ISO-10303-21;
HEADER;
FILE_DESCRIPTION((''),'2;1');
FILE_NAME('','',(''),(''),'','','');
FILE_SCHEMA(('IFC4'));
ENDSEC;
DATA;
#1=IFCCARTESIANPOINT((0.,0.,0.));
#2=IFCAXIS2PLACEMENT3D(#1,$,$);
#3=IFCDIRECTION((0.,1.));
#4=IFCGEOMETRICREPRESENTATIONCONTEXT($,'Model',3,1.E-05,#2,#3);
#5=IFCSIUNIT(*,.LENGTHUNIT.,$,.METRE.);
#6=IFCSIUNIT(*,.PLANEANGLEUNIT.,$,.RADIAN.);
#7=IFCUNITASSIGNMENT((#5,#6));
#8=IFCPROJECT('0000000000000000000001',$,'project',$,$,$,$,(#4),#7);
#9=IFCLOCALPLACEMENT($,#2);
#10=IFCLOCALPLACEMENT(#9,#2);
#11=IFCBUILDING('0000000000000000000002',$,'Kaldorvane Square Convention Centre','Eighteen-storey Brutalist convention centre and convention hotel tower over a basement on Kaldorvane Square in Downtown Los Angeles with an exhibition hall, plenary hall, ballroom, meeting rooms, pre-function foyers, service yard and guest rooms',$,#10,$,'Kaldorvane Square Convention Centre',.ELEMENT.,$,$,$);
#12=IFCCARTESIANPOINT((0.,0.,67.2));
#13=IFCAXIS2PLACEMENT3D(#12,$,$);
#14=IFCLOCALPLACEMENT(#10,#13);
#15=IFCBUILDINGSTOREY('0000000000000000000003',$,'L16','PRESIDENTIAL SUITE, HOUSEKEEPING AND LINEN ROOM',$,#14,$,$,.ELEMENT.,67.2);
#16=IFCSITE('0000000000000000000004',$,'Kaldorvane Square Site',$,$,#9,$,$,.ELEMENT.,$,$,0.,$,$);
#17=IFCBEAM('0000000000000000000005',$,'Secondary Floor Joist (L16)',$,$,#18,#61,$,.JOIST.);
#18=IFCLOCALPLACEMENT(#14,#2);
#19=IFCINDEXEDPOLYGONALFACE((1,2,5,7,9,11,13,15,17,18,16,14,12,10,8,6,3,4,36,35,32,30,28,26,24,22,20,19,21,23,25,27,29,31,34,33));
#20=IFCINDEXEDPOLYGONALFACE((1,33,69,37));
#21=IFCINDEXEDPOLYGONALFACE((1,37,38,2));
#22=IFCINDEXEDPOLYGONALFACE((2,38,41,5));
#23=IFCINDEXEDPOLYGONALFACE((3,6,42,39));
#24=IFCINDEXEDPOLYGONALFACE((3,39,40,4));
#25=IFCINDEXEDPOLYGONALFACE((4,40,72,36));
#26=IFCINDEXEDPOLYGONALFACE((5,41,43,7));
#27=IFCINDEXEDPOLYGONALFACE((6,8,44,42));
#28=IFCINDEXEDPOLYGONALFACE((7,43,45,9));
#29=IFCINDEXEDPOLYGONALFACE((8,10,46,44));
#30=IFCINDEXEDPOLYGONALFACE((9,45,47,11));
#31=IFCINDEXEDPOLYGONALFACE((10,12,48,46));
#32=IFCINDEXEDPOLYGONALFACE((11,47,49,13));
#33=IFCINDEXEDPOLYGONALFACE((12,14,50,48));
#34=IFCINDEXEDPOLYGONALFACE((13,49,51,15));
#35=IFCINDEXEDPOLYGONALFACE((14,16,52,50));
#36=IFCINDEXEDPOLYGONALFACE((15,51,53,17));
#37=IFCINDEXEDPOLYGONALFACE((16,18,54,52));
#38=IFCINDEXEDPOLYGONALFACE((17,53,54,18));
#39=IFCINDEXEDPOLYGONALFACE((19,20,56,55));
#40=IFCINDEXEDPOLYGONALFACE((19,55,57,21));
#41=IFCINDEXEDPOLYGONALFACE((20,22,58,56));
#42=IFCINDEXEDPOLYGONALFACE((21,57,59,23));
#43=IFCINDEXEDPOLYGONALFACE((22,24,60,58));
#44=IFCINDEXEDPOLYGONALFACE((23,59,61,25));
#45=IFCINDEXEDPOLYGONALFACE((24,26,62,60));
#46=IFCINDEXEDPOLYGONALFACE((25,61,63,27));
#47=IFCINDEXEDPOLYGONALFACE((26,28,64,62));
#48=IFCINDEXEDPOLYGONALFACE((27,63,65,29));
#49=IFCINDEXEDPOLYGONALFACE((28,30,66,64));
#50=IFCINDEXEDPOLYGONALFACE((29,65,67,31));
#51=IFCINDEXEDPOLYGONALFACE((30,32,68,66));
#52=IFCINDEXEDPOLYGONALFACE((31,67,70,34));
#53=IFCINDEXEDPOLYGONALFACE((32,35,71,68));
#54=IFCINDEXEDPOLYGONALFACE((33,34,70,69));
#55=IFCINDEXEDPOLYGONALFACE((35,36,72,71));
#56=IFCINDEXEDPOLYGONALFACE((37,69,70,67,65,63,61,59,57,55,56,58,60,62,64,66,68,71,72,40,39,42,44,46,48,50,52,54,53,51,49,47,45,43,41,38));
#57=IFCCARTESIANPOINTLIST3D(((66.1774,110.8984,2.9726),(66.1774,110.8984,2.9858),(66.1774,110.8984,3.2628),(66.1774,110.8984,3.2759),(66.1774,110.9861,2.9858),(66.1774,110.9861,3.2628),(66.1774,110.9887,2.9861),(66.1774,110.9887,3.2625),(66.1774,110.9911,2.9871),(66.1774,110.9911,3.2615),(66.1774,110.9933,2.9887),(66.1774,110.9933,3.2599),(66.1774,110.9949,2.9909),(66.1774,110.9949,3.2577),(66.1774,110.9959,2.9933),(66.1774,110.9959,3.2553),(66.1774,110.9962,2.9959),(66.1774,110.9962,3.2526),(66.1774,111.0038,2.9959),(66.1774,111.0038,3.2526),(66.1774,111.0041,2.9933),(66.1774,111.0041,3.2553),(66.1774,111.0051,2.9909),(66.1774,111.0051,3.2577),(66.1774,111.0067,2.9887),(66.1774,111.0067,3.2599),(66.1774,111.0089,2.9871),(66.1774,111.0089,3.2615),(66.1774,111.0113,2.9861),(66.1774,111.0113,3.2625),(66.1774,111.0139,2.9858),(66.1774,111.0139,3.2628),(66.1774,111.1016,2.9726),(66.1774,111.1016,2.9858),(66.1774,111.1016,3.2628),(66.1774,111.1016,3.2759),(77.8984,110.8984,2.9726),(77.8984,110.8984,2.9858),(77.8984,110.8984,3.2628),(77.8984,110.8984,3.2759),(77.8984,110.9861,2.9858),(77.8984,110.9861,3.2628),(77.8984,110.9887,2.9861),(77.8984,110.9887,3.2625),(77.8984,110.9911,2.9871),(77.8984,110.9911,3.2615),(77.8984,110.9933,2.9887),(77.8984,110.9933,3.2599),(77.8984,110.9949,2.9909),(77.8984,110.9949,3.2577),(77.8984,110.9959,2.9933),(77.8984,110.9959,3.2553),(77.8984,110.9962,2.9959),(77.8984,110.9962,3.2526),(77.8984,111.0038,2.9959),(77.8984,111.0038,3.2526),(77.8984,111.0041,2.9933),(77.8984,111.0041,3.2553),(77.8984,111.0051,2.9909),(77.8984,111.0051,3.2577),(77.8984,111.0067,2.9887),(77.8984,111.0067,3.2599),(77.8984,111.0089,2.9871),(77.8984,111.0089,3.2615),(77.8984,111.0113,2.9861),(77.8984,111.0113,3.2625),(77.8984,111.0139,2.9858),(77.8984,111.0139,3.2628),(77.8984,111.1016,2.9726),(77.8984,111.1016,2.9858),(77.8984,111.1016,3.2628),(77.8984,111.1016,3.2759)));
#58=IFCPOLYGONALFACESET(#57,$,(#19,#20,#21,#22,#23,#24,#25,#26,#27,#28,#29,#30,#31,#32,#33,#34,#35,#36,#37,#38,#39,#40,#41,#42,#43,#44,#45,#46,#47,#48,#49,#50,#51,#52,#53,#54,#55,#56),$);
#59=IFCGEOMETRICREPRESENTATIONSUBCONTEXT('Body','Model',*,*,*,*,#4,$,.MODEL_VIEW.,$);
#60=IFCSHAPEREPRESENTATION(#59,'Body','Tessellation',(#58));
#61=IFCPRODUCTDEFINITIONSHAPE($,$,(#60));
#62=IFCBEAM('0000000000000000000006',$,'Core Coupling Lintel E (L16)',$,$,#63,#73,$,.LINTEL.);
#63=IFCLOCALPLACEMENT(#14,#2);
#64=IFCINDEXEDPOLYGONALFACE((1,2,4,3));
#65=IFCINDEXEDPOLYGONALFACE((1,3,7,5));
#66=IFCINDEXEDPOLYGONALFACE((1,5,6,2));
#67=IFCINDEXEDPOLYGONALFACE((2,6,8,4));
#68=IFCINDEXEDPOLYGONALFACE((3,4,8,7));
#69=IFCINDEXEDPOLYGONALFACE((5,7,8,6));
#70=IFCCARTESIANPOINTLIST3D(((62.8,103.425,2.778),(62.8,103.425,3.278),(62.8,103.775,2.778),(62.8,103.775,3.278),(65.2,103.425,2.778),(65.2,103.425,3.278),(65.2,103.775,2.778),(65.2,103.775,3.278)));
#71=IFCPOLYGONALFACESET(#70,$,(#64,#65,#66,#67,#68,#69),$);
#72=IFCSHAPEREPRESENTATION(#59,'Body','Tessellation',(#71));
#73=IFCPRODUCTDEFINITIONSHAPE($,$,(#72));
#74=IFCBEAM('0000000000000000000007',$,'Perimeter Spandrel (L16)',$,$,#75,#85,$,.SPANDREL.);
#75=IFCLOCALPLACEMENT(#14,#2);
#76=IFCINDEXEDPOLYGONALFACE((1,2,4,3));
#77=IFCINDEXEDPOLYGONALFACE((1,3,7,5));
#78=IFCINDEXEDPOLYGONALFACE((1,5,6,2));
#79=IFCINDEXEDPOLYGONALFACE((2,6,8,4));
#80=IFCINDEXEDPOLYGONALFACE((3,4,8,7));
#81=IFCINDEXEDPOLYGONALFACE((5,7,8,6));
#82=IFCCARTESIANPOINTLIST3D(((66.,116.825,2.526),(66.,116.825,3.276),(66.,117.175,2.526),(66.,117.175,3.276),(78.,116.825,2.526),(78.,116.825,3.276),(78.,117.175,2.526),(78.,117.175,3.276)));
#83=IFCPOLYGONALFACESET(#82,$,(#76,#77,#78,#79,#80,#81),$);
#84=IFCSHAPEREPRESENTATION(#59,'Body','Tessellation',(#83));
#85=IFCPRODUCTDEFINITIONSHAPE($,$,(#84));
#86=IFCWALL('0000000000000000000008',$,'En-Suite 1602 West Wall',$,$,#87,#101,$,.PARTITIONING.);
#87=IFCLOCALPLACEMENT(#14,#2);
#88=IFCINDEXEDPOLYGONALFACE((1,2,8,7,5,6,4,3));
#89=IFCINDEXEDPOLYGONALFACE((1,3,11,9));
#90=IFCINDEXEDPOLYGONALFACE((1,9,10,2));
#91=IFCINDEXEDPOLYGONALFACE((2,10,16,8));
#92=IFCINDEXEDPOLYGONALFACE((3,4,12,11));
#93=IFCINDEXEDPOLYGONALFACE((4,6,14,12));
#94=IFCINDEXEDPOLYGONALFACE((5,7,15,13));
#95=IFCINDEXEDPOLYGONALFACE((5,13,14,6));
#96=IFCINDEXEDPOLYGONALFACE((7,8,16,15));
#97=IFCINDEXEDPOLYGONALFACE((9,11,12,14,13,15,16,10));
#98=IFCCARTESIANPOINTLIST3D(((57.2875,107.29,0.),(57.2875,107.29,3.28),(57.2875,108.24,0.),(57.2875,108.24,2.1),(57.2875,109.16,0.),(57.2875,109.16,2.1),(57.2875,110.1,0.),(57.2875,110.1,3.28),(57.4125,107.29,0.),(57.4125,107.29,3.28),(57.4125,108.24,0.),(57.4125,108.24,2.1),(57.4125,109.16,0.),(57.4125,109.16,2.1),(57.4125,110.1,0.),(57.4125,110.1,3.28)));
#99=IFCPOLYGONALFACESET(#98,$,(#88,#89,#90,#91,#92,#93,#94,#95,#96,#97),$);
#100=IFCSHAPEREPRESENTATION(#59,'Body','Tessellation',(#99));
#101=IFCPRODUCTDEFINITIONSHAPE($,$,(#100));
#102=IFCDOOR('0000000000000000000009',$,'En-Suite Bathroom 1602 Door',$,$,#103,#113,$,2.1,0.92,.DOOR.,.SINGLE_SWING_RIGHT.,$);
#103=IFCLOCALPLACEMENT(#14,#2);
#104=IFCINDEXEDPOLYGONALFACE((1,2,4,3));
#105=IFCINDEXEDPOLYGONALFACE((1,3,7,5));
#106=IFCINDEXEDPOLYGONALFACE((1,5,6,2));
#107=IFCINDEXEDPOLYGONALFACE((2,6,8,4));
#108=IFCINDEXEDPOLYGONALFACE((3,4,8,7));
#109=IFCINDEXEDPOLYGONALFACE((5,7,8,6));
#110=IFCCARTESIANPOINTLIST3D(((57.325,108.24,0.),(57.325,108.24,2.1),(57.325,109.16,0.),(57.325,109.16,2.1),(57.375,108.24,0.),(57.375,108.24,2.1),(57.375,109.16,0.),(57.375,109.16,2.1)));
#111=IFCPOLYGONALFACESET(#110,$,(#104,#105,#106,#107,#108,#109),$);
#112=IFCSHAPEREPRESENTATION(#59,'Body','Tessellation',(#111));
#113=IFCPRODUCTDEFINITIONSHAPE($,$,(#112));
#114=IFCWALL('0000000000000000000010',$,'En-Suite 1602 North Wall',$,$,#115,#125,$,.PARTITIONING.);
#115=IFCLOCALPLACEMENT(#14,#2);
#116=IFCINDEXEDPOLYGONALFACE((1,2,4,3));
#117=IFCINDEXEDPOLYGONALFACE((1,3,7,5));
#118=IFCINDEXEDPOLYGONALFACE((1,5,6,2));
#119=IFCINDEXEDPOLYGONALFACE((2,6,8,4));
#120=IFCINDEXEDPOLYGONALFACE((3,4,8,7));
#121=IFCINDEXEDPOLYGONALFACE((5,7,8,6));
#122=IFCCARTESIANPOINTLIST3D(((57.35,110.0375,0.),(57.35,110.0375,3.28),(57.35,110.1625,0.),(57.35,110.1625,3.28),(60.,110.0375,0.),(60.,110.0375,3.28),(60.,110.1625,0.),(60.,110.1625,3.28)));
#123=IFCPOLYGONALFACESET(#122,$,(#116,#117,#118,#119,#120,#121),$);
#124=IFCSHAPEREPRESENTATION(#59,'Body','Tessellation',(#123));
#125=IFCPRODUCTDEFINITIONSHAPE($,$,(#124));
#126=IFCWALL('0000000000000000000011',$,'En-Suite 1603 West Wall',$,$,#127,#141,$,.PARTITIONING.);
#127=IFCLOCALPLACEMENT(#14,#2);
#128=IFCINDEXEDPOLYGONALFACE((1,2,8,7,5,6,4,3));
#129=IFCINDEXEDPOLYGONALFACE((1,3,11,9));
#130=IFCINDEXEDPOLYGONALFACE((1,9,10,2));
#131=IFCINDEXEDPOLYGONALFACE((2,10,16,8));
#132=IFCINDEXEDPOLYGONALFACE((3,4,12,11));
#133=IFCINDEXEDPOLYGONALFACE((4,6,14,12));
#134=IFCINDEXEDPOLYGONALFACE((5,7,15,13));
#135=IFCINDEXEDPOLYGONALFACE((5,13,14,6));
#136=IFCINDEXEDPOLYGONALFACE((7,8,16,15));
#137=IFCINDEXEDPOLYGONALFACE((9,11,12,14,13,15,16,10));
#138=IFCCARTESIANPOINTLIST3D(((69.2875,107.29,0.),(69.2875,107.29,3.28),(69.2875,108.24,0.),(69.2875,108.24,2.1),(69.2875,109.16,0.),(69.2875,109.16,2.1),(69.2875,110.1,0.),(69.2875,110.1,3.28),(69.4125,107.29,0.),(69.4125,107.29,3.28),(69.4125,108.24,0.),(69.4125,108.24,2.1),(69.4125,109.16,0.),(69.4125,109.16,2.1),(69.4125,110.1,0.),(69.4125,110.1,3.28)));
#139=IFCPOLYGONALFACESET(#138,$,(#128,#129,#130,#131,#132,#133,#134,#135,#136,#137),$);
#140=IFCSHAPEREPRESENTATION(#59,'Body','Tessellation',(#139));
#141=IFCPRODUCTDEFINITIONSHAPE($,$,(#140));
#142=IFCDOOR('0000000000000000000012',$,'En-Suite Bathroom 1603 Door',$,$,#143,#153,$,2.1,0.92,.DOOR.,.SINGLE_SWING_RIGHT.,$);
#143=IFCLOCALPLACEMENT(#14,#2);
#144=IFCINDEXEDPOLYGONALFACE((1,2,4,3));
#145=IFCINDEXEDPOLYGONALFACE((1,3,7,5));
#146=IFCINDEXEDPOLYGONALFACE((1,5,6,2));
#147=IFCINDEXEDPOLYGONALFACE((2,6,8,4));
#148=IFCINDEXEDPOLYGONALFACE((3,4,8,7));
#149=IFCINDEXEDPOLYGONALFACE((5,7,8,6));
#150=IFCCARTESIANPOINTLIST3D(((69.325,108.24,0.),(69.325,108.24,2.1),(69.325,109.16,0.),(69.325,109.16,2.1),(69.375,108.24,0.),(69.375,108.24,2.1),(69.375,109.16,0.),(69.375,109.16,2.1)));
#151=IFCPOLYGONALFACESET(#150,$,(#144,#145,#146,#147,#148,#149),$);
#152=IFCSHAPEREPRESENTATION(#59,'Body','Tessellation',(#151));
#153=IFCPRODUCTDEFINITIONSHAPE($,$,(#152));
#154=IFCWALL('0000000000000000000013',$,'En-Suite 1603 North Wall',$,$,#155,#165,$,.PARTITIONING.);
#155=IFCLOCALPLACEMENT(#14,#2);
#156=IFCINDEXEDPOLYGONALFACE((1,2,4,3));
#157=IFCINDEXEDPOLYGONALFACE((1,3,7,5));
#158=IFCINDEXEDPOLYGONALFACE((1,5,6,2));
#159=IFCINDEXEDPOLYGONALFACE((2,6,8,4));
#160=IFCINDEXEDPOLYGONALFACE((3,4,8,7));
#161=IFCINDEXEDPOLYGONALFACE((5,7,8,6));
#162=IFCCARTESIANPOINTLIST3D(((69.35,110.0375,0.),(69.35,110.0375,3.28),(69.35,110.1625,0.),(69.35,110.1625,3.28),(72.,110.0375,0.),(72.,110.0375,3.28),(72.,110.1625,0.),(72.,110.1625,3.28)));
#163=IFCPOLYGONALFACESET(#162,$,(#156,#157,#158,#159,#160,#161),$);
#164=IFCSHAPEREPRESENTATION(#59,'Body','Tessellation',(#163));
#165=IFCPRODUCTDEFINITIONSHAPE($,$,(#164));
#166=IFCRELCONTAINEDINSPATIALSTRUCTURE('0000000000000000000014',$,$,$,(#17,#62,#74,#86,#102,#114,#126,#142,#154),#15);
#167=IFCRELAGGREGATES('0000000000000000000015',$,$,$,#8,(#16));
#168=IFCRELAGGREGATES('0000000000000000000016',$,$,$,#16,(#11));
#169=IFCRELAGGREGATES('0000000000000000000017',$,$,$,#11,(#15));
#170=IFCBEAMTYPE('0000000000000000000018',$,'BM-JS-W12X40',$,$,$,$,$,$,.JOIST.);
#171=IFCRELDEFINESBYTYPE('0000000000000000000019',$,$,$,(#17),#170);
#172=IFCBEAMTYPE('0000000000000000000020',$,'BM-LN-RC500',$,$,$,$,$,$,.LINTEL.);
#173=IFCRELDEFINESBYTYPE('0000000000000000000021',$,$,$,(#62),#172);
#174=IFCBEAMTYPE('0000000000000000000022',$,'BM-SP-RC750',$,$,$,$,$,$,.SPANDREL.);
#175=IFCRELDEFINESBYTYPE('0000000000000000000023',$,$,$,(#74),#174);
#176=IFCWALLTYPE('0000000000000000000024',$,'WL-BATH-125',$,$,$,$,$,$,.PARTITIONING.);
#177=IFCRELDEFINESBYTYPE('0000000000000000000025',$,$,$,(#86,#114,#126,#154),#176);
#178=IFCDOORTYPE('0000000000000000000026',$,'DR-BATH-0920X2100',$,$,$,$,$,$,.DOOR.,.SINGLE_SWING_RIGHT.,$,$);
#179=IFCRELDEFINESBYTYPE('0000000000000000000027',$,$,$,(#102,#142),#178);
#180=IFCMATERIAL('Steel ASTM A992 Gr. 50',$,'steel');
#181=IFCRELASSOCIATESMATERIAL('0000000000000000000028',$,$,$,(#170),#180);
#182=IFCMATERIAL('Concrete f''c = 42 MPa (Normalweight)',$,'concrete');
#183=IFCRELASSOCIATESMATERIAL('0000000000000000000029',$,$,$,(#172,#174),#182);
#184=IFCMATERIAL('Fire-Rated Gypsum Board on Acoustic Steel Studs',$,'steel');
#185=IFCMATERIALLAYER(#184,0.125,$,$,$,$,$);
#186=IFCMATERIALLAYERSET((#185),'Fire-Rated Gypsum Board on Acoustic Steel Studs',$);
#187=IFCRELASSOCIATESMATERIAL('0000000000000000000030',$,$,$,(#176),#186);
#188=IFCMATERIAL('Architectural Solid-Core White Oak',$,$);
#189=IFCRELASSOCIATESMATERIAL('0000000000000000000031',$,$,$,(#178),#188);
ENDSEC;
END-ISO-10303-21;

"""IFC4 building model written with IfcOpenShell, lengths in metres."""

from ifc_helpers import new_model, si_unit, direction, frame, frame_2d, origin, origin_2d, place, context, subcontext, project, spatial, rectangle, i_section, extrude, material, layer, layer_set, material_profile, profile_set, type_object, element, fill, save


model = new_model("IFC4")

# Units and contexts
model_context = context("Model", 3, precision=1e-05, world=origin(), true_north=direction((0.0, 1.0)))
body_context = subcontext(model_context, "Body", "Model", "MODEL_VIEW")
ifc_project = project(units=[si_unit("LENGTHUNIT", "METRE"), si_unit("PLANEANGLEUNIT", "RADIAN")], contexts=[model_context])

# Site, building, storey
site_placement = place(None, origin())
site = spatial("IfcSite", under=ifc_project, at=site_placement, Name="Kaldorvane Square Site", CompositionType="ELEMENT", RefElevation=0.0)
building_placement = place(site_placement, origin())
building = spatial("IfcBuilding", under=site, at=building_placement, Name="Kaldorvane Square Convention Centre", Description="Eighteen-storey Brutalist convention centre and convention hotel tower over a basement on Kaldorvane Square in Downtown Los Angeles with an exhibition hall, plenary hall, ballroom, meeting rooms, pre-function foyers, service yard and guest rooms", LongName="Kaldorvane Square Convention Centre", CompositionType="ELEMENT")
storey_placement = place(building_placement, frame((0.0, 0.0, 67.2)))
storey = spatial("IfcBuildingStorey", under=building, at=storey_placement, Name="L16", Description="PRESIDENTIAL SUITE, HOUSEKEEPING AND LINEN ROOM", CompositionType="ELEMENT", Elevation=67.2)

# Shared definitions
ifc_material_1 = material(Name="Concrete f'c = 42 MPa (Normalweight)", Category="concrete")
ifc_material_2 = material(Name="Steel ASTM A992 Gr. 50", Category="steel")

# Beams
ifc_material_profile_1 = material_profile(ifc_material_2, i_section(OverallWidth=0.2033, OverallDepth=0.3033, WebThickness=0.0075, FlangeThickness=0.0131, FilletRadius=0.0102, at=origin_2d()), Name="W12X40")
ifc_profile_set_1 = profile_set([ifc_material_profile_1], Name="Steel ASTM A992 Gr. 50")
beam_type_1 = type_object("IfcBeamType", Name="BM-JS-W12X40", PredefinedType="JOIST", material=ifc_profile_set_1)
beam_1_placement = place(storey_placement, frame((66.1774, 111.0, 3.1243), z_axis=(1.0, 0.0, 0.0), x_axis=(0.0, 1.0, 0.0)))
element("IfcBeam", 1, at=beam_1_placement, inside=storey, type_object=beam_type_1, Name="Secondary Floor Joist (L16)", PredefinedType="JOIST", context=body_context, shape_type="SweptSolid", body=[
    extrude(i_section(OverallWidth=0.2033, OverallDepth=0.3033, WebThickness=0.0075, FlangeThickness=0.0131, FilletRadius=0.0102, at=origin_2d()), origin(), (0.0, 0.0, 1.0), 11.721),
])
ifc_material_profile_2 = material_profile(ifc_material_1, rectangle(XDim=0.35, YDim=0.5, at=origin_2d()), Name="RCLN500X350")
ifc_profile_set_2 = profile_set([ifc_material_profile_2], Name="Concrete f'c = 42 MPa (Normalweight)")
beam_type_2 = type_object("IfcBeamType", Name="BM-LN-RC500", PredefinedType="LINTEL", material=ifc_profile_set_2)
beam_2_placement = place(storey_placement, frame((62.8, 103.6, 3.028), z_axis=(1.0, 0.0, 0.0), x_axis=(0.0, 1.0, 0.0)))
element("IfcBeam", 2, at=beam_2_placement, inside=storey, type_object=beam_type_2, Name="Core Coupling Lintel E (L16)", PredefinedType="LINTEL", context=body_context, shape_type="SweptSolid", body=[
    extrude(rectangle(XDim=0.35, YDim=0.5, at=origin_2d()), origin(), (0.0, 0.0, 1.0), 2.4),
])
ifc_material_profile_3 = material_profile(ifc_material_1, rectangle(XDim=0.35, YDim=0.75, at=origin_2d()), Name="RCSP750X350")
ifc_profile_set_3 = profile_set([ifc_material_profile_3], Name="Concrete f'c = 42 MPa (Normalweight)")
beam_type_3 = type_object("IfcBeamType", Name="BM-SP-RC750", PredefinedType="SPANDREL", material=ifc_profile_set_3)
beam_3_placement = place(storey_placement, frame((66.0, 117.0, 2.901), z_axis=(1.0, 0.0, 0.0), x_axis=(0.0, 1.0, 0.0)))
element("IfcBeam", 3, at=beam_3_placement, inside=storey, type_object=beam_type_3, Name="Perimeter Spandrel (L16)", PredefinedType="SPANDREL", context=body_context, shape_type="SweptSolid", body=[
    extrude(rectangle(XDim=0.35, YDim=0.75, at=origin_2d()), origin(), (0.0, 0.0, 1.0), 12.0),
])

# Wall, opening, door
ifc_material_3 = material(Name="Fire-Rated Gypsum Board on Acoustic Steel Studs", Category="steel")
ifc_layer_1 = layer(ifc_material_3, 0.125)
ifc_layer_set_1 = layer_set([ifc_layer_1], Name="Fire-Rated Gypsum Board on Acoustic Steel Studs")
wall_type_1 = type_object("IfcWallType", Name="WL-BATH-125", PredefinedType="PARTITIONING", material=ifc_layer_set_1)
wall_1_placement = place(storey_placement, frame((57.35, 107.29, 0.0), z_axis=(0.0, 0.0, 1.0), x_axis=(0.0, 1.0, 0.0)))
wall_1 = element("IfcWall", 4, at=wall_1_placement, inside=storey, type_object=wall_type_1, Name="En-Suite 1602 West Wall", PredefinedType="PARTITIONING", context=body_context, shape_type="SweptSolid", body=[
    extrude(rectangle(XDim=2.81, YDim=0.125, at=frame_2d((1.405, 0.0))), origin(), (0.0, 0.0, 1.0), 3.28),
])
opening_1_placement = place(wall_1_placement, frame((0.95, 0.0, 0.0)))
opening_1 = element("IfcOpeningElement", 5, at=opening_1_placement, cuts=wall_1, PredefinedType="OPENING", context=body_context, shape_type="SweptSolid", body=[
    extrude(rectangle(XDim=0.92, YDim=2.1, at=frame_2d((0.46, 1.05))), frame((0.0, 0.0775, 0.0), z_axis=(0.0, -1.0, 0.0), x_axis=(1.0, 0.0, 0.0)), (0.0, 0.0, 1.0), 0.155),
])
ifc_material_4 = material(Name="Architectural Solid-Core White Oak")
door_type_1 = type_object("IfcDoorType", Name="DR-BATH-0920X2100", OperationType="SINGLE_SWING_RIGHT", PredefinedType="DOOR", material=ifc_material_4)
door_1_placement = place(opening_1_placement, origin())
door_1 = element("IfcDoor", 6, at=door_1_placement, inside=storey, type_object=door_type_1, Name="En-Suite Bathroom 1602 Door", OperationType="SINGLE_SWING_RIGHT", OverallHeight=2.1, OverallWidth=0.92, PredefinedType="DOOR", context=body_context, shape_type="SweptSolid", body=[
    extrude(rectangle(XDim=0.92, YDim=2.1, at=frame_2d((0.46, 1.05))), frame((0.0, 0.025, 0.0), z_axis=(0.0, -1.0, 0.0), x_axis=(1.0, 0.0, 0.0)), (0.0, 0.0, 1.0), 0.05),
])
fill(opening_1, door_1)

# Wall
wall_2_placement = place(storey_placement, frame((57.35, 110.1, 0.0), z_axis=(0.0, 0.0, 1.0), x_axis=(1.0, 0.0, 0.0)))
element("IfcWall", 7, at=wall_2_placement, inside=storey, type_object=wall_type_1, Name="En-Suite 1602 North Wall", PredefinedType="PARTITIONING", context=body_context, shape_type="SweptSolid", body=[
    extrude(rectangle(XDim=2.65, YDim=0.125, at=frame_2d((1.325, 0.0))), origin(), (0.0, 0.0, 1.0), 3.28),
])

# Wall, opening, door
wall_3_placement = place(storey_placement, frame((69.35, 107.29, 0.0), z_axis=(0.0, 0.0, 1.0), x_axis=(0.0, 1.0, 0.0)))
wall_3 = element("IfcWall", 8, at=wall_3_placement, inside=storey, type_object=wall_type_1, Name="En-Suite 1603 West Wall", PredefinedType="PARTITIONING", context=body_context, shape_type="SweptSolid", body=[
    extrude(rectangle(XDim=2.81, YDim=0.125, at=frame_2d((1.405, 0.0))), origin(), (0.0, 0.0, 1.0), 3.28),
])
opening_2_placement = place(wall_3_placement, frame((0.95, 0.0, 0.0)))
opening_2 = element("IfcOpeningElement", 9, at=opening_2_placement, cuts=wall_3, PredefinedType="OPENING", context=body_context, shape_type="SweptSolid", body=[
    extrude(rectangle(XDim=0.92, YDim=2.1, at=frame_2d((0.46, 1.05))), frame((0.0, 0.0775, 0.0), z_axis=(0.0, -1.0, 0.0), x_axis=(1.0, 0.0, 0.0)), (0.0, 0.0, 1.0), 0.155),
])
door_2_placement = place(opening_2_placement, origin())
door_2 = element("IfcDoor", 10, at=door_2_placement, inside=storey, type_object=door_type_1, Name="En-Suite Bathroom 1603 Door", OperationType="SINGLE_SWING_RIGHT", OverallHeight=2.1, OverallWidth=0.92, PredefinedType="DOOR", context=body_context, shape_type="SweptSolid", body=[
    extrude(rectangle(XDim=0.92, YDim=2.1, at=frame_2d((0.46, 1.05))), frame((0.0, 0.025, 0.0), z_axis=(0.0, -1.0, 0.0), x_axis=(1.0, 0.0, 0.0)), (0.0, 0.0, 1.0), 0.05),
])
fill(opening_2, door_2)

# Wall
wall_4_placement = place(storey_placement, frame((69.35, 110.1, 0.0), z_axis=(0.0, 0.0, 1.0), x_axis=(1.0, 0.0, 0.0)))
element("IfcWall", 11, at=wall_4_placement, inside=storey, type_object=wall_type_1, Name="En-Suite 1603 North Wall", PredefinedType="PARTITIONING", context=body_context, shape_type="SweptSolid", body=[
    extrude(rectangle(XDim=2.65, YDim=0.125, at=frame_2d((1.325, 0.0))), origin(), (0.0, 0.0, 1.0), 3.28),
])

save(model, "model.ifc")
